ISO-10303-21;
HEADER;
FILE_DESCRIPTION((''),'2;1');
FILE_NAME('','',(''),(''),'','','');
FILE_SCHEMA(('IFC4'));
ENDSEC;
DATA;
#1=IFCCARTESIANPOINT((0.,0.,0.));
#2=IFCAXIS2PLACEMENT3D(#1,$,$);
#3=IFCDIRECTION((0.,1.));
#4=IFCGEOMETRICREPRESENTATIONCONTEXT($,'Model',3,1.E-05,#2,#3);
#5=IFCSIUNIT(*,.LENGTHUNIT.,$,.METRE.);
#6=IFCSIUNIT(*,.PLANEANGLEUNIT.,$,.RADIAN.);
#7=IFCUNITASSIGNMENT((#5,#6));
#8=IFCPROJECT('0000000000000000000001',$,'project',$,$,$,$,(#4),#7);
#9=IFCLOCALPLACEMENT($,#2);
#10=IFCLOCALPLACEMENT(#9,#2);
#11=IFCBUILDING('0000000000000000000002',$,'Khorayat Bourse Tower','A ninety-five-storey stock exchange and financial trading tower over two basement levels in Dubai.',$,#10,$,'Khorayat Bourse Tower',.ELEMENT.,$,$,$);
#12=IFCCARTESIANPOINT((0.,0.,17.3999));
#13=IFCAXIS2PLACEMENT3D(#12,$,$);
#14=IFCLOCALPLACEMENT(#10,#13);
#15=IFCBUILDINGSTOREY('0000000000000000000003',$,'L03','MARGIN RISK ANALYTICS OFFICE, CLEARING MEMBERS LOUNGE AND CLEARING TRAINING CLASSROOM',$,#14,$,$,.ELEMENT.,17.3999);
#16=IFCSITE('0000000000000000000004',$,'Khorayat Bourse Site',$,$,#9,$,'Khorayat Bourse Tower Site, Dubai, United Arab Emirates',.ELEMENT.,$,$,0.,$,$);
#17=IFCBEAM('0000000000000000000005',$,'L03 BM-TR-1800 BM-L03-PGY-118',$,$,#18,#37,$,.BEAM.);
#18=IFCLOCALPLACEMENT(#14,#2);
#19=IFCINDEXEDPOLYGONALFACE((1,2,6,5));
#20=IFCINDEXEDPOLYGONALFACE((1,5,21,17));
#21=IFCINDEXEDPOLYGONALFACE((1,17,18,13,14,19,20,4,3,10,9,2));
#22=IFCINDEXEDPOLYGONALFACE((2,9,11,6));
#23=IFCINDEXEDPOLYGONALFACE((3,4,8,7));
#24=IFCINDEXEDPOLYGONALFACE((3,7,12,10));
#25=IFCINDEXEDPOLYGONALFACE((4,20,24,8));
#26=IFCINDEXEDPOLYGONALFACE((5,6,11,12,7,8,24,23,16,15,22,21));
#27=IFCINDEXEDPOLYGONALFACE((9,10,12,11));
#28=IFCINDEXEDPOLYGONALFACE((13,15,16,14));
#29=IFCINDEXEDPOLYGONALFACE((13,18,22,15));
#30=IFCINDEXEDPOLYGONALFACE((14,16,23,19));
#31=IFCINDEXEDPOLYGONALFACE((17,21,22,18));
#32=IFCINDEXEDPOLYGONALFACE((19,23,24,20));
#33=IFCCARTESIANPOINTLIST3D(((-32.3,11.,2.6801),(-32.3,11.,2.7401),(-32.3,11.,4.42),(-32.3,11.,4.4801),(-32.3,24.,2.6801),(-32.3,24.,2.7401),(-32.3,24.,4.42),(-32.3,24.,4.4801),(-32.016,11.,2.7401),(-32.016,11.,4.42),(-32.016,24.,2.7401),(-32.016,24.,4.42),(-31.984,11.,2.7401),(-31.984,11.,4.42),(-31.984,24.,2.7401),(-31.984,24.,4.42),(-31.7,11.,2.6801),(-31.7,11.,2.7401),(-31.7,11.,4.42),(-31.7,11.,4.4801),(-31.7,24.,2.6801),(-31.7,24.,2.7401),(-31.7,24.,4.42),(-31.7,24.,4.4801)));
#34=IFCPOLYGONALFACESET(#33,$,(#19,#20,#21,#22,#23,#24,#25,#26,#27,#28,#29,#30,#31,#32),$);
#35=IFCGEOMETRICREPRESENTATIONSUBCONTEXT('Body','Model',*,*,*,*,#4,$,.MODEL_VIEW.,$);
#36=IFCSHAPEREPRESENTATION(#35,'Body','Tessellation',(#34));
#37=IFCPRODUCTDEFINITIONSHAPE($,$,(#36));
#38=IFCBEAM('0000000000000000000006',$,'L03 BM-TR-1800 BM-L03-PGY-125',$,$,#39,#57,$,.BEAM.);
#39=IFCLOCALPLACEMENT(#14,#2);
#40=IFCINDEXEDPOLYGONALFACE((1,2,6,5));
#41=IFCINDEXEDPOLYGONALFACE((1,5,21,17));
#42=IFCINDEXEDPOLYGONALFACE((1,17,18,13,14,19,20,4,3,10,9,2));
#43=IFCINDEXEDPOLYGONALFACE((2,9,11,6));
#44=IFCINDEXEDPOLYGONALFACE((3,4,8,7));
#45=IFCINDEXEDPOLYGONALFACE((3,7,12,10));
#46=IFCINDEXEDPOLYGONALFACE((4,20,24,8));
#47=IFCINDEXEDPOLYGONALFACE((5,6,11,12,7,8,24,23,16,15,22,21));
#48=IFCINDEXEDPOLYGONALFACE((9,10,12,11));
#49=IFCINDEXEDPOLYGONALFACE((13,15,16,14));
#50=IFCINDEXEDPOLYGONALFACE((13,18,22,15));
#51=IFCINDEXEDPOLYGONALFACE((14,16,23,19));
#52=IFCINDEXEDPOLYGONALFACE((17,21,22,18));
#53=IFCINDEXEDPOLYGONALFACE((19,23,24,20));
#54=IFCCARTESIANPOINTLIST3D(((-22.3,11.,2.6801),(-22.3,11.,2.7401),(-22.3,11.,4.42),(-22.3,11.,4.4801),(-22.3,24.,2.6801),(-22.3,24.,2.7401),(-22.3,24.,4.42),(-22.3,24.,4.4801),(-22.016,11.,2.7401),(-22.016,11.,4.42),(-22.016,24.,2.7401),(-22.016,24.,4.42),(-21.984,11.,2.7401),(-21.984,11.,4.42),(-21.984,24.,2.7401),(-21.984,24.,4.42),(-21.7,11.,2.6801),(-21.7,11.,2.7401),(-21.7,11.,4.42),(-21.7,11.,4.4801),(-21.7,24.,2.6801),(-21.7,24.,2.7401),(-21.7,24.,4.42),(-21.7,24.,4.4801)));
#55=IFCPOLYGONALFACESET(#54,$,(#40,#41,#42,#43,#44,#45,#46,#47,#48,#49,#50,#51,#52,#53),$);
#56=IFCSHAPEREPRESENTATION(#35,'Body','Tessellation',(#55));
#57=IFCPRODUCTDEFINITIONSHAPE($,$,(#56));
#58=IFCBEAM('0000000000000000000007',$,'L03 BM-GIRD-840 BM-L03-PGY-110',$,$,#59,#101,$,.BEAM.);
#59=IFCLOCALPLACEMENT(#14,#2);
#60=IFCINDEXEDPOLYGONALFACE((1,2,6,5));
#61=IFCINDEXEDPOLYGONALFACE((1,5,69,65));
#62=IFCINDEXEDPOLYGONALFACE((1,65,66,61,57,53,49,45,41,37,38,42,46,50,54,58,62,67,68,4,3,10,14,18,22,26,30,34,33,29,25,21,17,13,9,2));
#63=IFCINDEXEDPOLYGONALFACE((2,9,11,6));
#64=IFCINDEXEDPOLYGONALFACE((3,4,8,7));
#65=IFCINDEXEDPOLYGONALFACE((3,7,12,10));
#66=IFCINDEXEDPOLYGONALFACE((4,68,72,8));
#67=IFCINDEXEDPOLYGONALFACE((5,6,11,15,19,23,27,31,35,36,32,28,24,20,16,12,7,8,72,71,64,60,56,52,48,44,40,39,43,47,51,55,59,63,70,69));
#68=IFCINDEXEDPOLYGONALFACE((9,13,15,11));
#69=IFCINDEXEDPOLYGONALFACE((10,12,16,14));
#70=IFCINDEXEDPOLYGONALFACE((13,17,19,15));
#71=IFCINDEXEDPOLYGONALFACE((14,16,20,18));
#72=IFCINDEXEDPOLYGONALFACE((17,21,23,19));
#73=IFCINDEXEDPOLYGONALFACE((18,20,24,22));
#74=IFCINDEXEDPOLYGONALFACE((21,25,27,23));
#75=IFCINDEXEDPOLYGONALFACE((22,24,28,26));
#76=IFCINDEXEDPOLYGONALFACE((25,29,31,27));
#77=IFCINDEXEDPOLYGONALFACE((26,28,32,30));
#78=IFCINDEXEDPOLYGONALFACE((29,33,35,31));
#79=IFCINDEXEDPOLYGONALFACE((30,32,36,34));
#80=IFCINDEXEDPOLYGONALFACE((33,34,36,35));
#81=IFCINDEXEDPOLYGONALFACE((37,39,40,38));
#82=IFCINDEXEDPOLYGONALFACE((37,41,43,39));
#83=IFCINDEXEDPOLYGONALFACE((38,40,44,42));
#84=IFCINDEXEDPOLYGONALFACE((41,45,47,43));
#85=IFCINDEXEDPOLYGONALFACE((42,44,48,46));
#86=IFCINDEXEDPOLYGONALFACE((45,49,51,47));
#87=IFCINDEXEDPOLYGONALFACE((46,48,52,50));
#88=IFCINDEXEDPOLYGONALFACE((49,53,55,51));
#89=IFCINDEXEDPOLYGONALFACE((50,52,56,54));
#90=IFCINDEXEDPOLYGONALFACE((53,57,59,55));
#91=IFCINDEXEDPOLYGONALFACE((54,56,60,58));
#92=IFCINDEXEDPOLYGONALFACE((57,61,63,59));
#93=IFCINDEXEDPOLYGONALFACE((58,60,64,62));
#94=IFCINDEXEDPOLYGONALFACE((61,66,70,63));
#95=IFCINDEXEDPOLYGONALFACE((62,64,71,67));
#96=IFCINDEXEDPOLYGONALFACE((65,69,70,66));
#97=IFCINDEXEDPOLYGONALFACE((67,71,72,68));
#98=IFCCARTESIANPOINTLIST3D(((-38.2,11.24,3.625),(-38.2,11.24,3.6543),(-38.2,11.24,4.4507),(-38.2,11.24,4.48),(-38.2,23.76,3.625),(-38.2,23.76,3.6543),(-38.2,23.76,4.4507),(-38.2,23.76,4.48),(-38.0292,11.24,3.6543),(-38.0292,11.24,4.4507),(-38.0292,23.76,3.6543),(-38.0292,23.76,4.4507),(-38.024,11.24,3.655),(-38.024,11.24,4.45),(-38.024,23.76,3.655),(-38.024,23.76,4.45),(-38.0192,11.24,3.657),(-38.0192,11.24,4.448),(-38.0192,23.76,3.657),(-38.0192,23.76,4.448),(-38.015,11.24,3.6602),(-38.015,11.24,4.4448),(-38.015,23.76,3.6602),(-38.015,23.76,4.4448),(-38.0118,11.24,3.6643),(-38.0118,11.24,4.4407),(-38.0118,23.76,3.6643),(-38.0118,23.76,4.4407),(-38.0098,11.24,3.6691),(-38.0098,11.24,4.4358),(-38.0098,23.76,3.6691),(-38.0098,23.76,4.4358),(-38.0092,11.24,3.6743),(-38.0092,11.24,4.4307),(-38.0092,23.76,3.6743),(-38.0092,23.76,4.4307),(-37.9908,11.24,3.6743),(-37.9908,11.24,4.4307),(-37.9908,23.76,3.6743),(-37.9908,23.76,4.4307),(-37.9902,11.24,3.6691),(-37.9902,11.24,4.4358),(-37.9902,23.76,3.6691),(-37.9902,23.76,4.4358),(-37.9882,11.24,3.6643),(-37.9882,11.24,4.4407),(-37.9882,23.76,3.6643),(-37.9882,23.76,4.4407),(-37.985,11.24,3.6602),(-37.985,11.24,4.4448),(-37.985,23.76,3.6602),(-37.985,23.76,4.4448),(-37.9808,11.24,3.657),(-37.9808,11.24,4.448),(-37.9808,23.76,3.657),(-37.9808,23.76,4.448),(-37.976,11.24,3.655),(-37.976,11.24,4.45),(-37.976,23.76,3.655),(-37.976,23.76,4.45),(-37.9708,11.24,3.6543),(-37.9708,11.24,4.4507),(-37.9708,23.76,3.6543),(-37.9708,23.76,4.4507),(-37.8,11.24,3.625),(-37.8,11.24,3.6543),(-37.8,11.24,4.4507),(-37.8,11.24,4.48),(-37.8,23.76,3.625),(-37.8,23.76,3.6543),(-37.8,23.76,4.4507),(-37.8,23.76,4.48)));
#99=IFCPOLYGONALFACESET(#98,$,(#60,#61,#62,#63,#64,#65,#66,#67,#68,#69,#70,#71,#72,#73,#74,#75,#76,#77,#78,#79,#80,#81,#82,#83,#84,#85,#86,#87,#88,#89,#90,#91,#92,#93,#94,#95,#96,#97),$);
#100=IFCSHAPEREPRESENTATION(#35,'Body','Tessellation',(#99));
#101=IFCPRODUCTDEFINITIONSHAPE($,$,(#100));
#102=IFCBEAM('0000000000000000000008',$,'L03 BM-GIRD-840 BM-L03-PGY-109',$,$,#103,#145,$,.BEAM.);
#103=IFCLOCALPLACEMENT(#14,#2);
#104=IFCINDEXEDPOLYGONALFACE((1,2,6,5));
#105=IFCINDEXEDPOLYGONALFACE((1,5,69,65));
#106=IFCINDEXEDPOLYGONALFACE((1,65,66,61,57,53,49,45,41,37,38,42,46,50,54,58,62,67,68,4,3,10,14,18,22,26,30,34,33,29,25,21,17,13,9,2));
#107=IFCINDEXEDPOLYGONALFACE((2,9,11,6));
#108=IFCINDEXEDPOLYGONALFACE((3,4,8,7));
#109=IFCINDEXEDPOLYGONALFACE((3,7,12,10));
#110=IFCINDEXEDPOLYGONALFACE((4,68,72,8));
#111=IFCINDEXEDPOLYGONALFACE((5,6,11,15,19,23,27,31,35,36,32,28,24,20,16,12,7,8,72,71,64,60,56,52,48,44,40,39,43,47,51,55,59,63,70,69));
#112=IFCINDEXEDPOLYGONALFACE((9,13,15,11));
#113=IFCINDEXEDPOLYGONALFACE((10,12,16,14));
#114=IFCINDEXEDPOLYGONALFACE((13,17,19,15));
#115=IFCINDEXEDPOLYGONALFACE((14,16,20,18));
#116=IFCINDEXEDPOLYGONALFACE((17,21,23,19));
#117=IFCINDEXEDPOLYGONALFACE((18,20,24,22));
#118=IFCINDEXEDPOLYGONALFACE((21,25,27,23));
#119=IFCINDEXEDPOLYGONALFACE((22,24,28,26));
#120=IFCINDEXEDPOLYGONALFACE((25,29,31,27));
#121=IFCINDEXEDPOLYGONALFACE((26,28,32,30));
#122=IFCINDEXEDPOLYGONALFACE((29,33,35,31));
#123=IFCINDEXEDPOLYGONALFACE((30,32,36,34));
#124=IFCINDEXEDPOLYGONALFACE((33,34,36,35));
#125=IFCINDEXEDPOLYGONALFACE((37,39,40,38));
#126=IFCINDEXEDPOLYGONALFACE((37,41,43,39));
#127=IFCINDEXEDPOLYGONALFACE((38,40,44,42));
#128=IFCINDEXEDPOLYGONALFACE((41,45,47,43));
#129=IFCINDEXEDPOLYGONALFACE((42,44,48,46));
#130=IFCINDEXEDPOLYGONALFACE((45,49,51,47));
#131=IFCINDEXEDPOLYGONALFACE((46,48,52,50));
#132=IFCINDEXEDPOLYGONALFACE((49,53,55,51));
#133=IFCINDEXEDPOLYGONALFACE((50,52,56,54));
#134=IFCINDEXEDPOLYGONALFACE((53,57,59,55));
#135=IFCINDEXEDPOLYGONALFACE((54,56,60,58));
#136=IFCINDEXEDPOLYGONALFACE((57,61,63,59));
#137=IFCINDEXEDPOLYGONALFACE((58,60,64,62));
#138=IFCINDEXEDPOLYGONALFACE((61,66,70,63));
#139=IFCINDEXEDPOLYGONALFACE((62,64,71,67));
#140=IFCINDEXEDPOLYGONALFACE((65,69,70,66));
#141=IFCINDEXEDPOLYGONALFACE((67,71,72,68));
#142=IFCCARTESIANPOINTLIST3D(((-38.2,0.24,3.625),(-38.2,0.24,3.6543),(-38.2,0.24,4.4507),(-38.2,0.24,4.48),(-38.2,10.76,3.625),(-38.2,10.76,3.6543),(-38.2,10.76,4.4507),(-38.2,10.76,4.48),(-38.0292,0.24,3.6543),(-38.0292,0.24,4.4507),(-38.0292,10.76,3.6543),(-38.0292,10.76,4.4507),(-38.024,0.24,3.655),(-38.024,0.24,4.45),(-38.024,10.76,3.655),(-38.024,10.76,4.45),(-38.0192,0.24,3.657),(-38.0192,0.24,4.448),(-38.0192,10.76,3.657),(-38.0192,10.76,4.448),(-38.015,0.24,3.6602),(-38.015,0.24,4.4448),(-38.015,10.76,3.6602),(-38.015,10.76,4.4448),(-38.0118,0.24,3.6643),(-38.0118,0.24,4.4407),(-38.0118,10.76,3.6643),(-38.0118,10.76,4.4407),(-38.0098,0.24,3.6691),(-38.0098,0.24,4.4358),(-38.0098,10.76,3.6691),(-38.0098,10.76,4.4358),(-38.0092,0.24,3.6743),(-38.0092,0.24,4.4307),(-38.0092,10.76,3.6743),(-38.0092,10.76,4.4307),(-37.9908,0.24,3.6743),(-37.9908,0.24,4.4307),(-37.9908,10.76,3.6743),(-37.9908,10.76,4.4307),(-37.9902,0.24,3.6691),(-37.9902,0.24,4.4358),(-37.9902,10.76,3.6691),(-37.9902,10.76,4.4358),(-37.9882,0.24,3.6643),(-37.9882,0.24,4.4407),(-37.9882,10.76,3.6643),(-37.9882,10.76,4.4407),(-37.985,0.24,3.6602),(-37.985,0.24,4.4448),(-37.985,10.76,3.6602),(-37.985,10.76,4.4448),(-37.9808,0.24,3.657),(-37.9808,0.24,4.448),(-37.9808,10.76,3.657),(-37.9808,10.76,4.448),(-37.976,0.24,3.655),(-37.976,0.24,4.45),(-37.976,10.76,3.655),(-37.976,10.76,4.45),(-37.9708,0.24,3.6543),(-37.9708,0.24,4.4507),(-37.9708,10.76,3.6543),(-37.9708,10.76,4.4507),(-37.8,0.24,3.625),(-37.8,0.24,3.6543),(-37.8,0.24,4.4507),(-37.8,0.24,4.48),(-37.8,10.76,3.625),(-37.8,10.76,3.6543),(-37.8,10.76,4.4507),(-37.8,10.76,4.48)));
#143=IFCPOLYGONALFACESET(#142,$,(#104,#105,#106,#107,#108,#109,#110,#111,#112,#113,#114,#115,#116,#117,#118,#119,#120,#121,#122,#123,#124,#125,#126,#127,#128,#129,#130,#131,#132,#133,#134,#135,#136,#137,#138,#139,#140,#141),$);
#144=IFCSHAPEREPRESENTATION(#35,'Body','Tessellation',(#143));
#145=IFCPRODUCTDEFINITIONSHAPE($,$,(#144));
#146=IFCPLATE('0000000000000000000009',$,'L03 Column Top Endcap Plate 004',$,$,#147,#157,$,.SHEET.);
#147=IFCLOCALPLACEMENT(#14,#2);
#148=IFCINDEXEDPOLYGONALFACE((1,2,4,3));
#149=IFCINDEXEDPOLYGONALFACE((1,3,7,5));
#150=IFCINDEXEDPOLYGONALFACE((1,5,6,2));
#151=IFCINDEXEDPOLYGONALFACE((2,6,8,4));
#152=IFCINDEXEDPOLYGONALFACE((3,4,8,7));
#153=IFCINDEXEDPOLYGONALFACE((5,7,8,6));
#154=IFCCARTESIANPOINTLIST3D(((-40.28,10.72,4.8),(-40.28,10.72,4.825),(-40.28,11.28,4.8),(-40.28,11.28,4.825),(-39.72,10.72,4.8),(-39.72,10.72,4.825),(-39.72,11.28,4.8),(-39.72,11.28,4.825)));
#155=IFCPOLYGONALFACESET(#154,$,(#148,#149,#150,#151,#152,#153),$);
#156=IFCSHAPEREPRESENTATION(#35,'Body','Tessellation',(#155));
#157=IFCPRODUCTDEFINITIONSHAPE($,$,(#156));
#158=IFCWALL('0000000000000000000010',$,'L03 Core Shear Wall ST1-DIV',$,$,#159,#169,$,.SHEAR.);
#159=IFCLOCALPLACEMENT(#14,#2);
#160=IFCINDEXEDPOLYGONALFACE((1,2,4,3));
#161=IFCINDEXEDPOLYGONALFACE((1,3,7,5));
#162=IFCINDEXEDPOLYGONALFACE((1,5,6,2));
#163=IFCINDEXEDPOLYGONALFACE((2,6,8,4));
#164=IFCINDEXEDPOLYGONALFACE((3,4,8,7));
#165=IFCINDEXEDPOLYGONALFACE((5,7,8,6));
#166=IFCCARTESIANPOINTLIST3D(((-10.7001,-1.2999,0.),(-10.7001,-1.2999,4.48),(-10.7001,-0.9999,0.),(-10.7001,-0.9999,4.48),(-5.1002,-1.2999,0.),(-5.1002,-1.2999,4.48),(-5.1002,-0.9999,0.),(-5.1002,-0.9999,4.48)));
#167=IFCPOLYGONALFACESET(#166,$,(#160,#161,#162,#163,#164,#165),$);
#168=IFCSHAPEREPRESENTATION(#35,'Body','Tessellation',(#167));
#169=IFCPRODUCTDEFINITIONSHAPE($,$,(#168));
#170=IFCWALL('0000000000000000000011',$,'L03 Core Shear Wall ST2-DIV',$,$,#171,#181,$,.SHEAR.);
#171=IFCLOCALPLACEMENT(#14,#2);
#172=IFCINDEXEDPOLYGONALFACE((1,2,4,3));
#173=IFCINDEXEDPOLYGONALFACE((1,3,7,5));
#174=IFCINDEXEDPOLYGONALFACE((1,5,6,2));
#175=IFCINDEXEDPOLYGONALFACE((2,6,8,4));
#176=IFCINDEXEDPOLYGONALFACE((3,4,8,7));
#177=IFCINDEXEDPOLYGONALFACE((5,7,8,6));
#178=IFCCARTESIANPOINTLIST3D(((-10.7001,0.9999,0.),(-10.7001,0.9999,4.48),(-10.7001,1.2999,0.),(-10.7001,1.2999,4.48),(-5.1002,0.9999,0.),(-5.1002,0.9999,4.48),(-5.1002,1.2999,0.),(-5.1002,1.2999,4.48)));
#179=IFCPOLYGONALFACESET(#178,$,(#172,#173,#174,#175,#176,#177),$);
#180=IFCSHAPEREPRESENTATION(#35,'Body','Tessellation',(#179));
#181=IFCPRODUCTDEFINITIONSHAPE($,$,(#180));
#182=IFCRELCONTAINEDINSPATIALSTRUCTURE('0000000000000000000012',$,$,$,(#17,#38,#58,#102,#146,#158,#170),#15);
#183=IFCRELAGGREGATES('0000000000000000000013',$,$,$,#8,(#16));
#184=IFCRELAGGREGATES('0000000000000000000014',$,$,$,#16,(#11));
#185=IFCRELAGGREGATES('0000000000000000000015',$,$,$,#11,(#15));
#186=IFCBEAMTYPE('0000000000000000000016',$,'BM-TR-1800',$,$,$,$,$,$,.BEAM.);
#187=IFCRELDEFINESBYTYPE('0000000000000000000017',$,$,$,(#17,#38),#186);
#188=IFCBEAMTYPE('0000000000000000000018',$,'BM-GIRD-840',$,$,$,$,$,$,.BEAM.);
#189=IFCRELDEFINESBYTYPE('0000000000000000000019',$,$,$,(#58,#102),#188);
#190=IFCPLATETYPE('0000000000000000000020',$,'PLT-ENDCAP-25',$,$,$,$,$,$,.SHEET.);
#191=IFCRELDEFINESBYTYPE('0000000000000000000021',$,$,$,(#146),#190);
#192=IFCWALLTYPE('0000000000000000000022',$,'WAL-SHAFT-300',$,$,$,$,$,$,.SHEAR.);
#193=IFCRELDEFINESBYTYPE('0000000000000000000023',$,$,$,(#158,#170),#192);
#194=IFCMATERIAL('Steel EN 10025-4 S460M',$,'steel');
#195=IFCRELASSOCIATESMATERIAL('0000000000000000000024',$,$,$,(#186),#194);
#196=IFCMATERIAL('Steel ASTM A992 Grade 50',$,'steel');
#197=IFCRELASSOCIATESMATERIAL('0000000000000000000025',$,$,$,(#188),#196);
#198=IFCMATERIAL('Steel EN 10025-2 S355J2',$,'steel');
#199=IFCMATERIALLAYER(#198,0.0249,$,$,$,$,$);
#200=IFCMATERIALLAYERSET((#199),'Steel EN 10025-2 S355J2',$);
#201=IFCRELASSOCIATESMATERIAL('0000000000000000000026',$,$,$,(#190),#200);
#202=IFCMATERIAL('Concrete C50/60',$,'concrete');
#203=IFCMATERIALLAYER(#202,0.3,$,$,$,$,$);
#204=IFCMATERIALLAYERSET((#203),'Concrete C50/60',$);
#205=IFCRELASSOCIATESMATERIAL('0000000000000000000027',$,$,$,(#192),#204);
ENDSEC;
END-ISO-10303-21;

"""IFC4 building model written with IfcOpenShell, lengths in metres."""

from ifc_helpers import new_model, si_unit, direction, frame, frame_2d, origin, origin_2d, place, context, subcontext, project, spatial, rectangle, i_section, extrude, source, transform, mapped, material, layer, layer_set, material_profile, profile_set, type_object, element, save


model = new_model("IFC4")

# Units and contexts
model_context = context("Model", 3, precision=1e-05, world=origin(), true_north=direction((0.0, 1.0)))
body_context = subcontext(model_context, "Body", "Model", "MODEL_VIEW")
ifc_project = project(units=[si_unit("LENGTHUNIT", "METRE"), si_unit("PLANEANGLEUNIT", "RADIAN")], contexts=[model_context])

# Site, building, storey
site_placement = place(None, origin())
site = spatial("IfcSite", under=ifc_project, at=site_placement, Name="Khorayat Bourse Site", LongName="Khorayat Bourse Tower Site, Dubai, United Arab Emirates", CompositionType="ELEMENT", RefElevation=0.0)
building_placement = place(site_placement, origin())
building = spatial("IfcBuilding", under=site, at=building_placement, Name="Khorayat Bourse Tower", Description="A ninety-five-storey stock exchange and financial trading tower over two basement levels in Dubai.", LongName="Khorayat Bourse Tower", CompositionType="ELEMENT")
storey_placement = place(building_placement, frame((0.0, 0.0, 17.3999)))
storey = spatial("IfcBuildingStorey", under=building, at=storey_placement, Name="L03", Description="MARGIN RISK ANALYTICS OFFICE, CLEARING MEMBERS LOUNGE AND CLEARING TRAINING CLASSROOM", CompositionType="ELEMENT", Elevation=17.3999)

# Shared definitions
ifc_material_1 = material(Name="Steel EN 10025-2 S355J2", Category="steel")

# Beams
ifc_material_2 = material(Name="Steel EN 10025-4 S460M", Category="steel")
ifc_material_profile_1 = material_profile(ifc_material_2, i_section(OverallWidth=0.6001, OverallDepth=1.8, WebThickness=0.032, FlangeThickness=0.0601, at=origin_2d()), Name="PG 1800x600x32x60")
ifc_profile_set_1 = profile_set([ifc_material_profile_1], Name="Steel EN 10025-4 S460M")
beam_type_1 = type_object("IfcBeamType", Name="BM-TR-1800", PredefinedType="BEAM", material=ifc_profile_set_1)
shared_shape_1 = source(origin(), body_context, "Body", "SweptSolid", [
    extrude(i_section(OverallWidth=0.6001, OverallDepth=1.8, WebThickness=0.032, FlangeThickness=0.0601, at=origin_2d()), origin(), (0.0, 0.0, 1.0), 13.0),
])
for number, where, z_axis, x_axis, name in (
    (1, (-32.0, 11.0, 3.5801), (0.0, 1.0, 0.0), (-1.0, 0.0, 0.0), "L03 BM-TR-1800 BM-L03-PGY-118"),
    (2, (-22.0, 11.0, 3.5801), (0.0, 1.0, 0.0), (-1.0, 0.0, 0.0), "L03 BM-TR-1800 BM-L03-PGY-125"),
):
    element("IfcBeam", number, at=place(storey_placement, frame(where, z_axis=z_axis, x_axis=x_axis)), inside=storey, type_object=beam_type_1, Name=name, PredefinedType="BEAM", context=body_context, shape_type="MappedRepresentation", body=[
        mapped(shared_shape_1, transform((0.0, 0.0, 0.0), scale=1.0)),
    ])
ifc_material_3 = material(Name="Steel ASTM A992 Grade 50", Category="steel")
ifc_material_profile_2 = material_profile(ifc_material_3, i_section(OverallWidth=0.3999, OverallDepth=0.855, WebThickness=0.0183, FlangeThickness=0.0293, FilletRadius=0.02, at=origin_2d()), Name="W840X299")
ifc_profile_set_2 = profile_set([ifc_material_profile_2], Name="Steel ASTM A992 Grade 50")
beam_type_2 = type_object("IfcBeamType", Name="BM-GIRD-840", PredefinedType="BEAM", material=ifc_profile_set_2)
shared_shape_2 = source(origin(), body_context, "Body", "SweptSolid", [
    extrude(i_section(OverallWidth=0.3999, OverallDepth=0.855, WebThickness=0.0183, FlangeThickness=0.0293, FilletRadius=0.02, at=origin_2d()), origin(), (0.0, 0.0, 1.0), 12.52),
])
beam_1_placement = place(storey_placement, frame((-38.0, 11.24, 4.0525), z_axis=(0.0, 1.0, 0.0), x_axis=(-1.0, 0.0, 0.0)))
element("IfcBeam", 3, at=beam_1_placement, inside=storey, type_object=beam_type_2, Name="L03 BM-GIRD-840 BM-L03-PGY-110", PredefinedType="BEAM", context=body_context, shape_type="MappedRepresentation", body=[
    mapped(shared_shape_2, transform((0.0, 0.0, 0.0), scale=1.0)),
])
shared_shape_3 = source(origin(), body_context, "Body", "SweptSolid", [
    extrude(i_section(OverallWidth=0.3999, OverallDepth=0.855, WebThickness=0.0183, FlangeThickness=0.0293, FilletRadius=0.02, at=origin_2d()), origin(), (0.0, 0.0, 1.0), 10.52),
])
beam_2_placement = place(storey_placement, frame((-38.0, 0.24, 4.0525), z_axis=(0.0, 1.0, 0.0), x_axis=(-1.0, 0.0, 0.0)))
element("IfcBeam", 4, at=beam_2_placement, inside=storey, type_object=beam_type_2, Name="L03 BM-GIRD-840 BM-L03-PGY-109", PredefinedType="BEAM", context=body_context, shape_type="MappedRepresentation", body=[
    mapped(shared_shape_3, transform((0.0, 0.0, 0.0), scale=1.0)),
])

# Plate
ifc_layer_1 = layer(ifc_material_1, 0.0249)
ifc_layer_set_1 = layer_set([ifc_layer_1], Name="Steel EN 10025-2 S355J2")
plate_type = type_object("IfcPlateType", Name="PLT-ENDCAP-25", PredefinedType="SHEET", material=ifc_layer_set_1)
shared_shape_4 = source(origin(), body_context, "Body", "SweptSolid", [
    extrude(rectangle(XDim=0.5601, YDim=0.5601, at=origin_2d()), origin(), (0.0, 0.0, 1.0), 0.0249),
])
plate_placement = place(storey_placement, frame((-40.0, 11.0, 4.8), z_axis=(0.0, 0.0, 1.0), x_axis=(1.0, 0.0, 0.0)))
element("IfcPlate", 5, at=plate_placement, inside=storey, type_object=plate_type, Name="L03 Column Top Endcap Plate 004", PredefinedType="SHEET", context=body_context, shape_type="MappedRepresentation", body=[
    mapped(shared_shape_4, transform((0.0, 0.0, 0.0), scale=1.0)),
])

# Walls
ifc_material_4 = material(Name="Concrete C50/60", Category="concrete")
ifc_layer_2 = layer(ifc_material_4, 0.3)
ifc_layer_set_2 = layer_set([ifc_layer_2], Name="Concrete C50/60")
wall_type_1 = type_object("IfcWallType", Name="WAL-SHAFT-300", PredefinedType="SHEAR", material=ifc_layer_set_2)
shared_shape_5 = source(origin(), body_context, "Body", "SweptSolid", [
    extrude(rectangle(XDim=5.5999, YDim=0.3, at=frame_2d((2.7998, 0.0))), origin(), (0.0, 0.0, 1.0), 4.48),
])
for number, where, z_axis, x_axis, name in (
    (6, (-10.7, -1.1499, 0.0), (0.0, 0.0, 1.0), (1.0, 0.0, 0.0), "L03 Core Shear Wall ST1-DIV"),
    (7, (-10.7, 1.1499, 0.0), (0.0, 0.0, 1.0), (1.0, 0.0, 0.0), "L03 Core Shear Wall ST2-DIV"),
):
    element("IfcWall", number, at=place(storey_placement, frame(where, z_axis=z_axis, x_axis=x_axis)), inside=storey, type_object=wall_type_1, Name=name, PredefinedType="SHEAR", context=body_context, shape_type="MappedRepresentation", body=[
        mapped(shared_shape_5, transform((0.0, 0.0, 0.0), scale=1.0)),
    ])

save(model, "model.ifc")
